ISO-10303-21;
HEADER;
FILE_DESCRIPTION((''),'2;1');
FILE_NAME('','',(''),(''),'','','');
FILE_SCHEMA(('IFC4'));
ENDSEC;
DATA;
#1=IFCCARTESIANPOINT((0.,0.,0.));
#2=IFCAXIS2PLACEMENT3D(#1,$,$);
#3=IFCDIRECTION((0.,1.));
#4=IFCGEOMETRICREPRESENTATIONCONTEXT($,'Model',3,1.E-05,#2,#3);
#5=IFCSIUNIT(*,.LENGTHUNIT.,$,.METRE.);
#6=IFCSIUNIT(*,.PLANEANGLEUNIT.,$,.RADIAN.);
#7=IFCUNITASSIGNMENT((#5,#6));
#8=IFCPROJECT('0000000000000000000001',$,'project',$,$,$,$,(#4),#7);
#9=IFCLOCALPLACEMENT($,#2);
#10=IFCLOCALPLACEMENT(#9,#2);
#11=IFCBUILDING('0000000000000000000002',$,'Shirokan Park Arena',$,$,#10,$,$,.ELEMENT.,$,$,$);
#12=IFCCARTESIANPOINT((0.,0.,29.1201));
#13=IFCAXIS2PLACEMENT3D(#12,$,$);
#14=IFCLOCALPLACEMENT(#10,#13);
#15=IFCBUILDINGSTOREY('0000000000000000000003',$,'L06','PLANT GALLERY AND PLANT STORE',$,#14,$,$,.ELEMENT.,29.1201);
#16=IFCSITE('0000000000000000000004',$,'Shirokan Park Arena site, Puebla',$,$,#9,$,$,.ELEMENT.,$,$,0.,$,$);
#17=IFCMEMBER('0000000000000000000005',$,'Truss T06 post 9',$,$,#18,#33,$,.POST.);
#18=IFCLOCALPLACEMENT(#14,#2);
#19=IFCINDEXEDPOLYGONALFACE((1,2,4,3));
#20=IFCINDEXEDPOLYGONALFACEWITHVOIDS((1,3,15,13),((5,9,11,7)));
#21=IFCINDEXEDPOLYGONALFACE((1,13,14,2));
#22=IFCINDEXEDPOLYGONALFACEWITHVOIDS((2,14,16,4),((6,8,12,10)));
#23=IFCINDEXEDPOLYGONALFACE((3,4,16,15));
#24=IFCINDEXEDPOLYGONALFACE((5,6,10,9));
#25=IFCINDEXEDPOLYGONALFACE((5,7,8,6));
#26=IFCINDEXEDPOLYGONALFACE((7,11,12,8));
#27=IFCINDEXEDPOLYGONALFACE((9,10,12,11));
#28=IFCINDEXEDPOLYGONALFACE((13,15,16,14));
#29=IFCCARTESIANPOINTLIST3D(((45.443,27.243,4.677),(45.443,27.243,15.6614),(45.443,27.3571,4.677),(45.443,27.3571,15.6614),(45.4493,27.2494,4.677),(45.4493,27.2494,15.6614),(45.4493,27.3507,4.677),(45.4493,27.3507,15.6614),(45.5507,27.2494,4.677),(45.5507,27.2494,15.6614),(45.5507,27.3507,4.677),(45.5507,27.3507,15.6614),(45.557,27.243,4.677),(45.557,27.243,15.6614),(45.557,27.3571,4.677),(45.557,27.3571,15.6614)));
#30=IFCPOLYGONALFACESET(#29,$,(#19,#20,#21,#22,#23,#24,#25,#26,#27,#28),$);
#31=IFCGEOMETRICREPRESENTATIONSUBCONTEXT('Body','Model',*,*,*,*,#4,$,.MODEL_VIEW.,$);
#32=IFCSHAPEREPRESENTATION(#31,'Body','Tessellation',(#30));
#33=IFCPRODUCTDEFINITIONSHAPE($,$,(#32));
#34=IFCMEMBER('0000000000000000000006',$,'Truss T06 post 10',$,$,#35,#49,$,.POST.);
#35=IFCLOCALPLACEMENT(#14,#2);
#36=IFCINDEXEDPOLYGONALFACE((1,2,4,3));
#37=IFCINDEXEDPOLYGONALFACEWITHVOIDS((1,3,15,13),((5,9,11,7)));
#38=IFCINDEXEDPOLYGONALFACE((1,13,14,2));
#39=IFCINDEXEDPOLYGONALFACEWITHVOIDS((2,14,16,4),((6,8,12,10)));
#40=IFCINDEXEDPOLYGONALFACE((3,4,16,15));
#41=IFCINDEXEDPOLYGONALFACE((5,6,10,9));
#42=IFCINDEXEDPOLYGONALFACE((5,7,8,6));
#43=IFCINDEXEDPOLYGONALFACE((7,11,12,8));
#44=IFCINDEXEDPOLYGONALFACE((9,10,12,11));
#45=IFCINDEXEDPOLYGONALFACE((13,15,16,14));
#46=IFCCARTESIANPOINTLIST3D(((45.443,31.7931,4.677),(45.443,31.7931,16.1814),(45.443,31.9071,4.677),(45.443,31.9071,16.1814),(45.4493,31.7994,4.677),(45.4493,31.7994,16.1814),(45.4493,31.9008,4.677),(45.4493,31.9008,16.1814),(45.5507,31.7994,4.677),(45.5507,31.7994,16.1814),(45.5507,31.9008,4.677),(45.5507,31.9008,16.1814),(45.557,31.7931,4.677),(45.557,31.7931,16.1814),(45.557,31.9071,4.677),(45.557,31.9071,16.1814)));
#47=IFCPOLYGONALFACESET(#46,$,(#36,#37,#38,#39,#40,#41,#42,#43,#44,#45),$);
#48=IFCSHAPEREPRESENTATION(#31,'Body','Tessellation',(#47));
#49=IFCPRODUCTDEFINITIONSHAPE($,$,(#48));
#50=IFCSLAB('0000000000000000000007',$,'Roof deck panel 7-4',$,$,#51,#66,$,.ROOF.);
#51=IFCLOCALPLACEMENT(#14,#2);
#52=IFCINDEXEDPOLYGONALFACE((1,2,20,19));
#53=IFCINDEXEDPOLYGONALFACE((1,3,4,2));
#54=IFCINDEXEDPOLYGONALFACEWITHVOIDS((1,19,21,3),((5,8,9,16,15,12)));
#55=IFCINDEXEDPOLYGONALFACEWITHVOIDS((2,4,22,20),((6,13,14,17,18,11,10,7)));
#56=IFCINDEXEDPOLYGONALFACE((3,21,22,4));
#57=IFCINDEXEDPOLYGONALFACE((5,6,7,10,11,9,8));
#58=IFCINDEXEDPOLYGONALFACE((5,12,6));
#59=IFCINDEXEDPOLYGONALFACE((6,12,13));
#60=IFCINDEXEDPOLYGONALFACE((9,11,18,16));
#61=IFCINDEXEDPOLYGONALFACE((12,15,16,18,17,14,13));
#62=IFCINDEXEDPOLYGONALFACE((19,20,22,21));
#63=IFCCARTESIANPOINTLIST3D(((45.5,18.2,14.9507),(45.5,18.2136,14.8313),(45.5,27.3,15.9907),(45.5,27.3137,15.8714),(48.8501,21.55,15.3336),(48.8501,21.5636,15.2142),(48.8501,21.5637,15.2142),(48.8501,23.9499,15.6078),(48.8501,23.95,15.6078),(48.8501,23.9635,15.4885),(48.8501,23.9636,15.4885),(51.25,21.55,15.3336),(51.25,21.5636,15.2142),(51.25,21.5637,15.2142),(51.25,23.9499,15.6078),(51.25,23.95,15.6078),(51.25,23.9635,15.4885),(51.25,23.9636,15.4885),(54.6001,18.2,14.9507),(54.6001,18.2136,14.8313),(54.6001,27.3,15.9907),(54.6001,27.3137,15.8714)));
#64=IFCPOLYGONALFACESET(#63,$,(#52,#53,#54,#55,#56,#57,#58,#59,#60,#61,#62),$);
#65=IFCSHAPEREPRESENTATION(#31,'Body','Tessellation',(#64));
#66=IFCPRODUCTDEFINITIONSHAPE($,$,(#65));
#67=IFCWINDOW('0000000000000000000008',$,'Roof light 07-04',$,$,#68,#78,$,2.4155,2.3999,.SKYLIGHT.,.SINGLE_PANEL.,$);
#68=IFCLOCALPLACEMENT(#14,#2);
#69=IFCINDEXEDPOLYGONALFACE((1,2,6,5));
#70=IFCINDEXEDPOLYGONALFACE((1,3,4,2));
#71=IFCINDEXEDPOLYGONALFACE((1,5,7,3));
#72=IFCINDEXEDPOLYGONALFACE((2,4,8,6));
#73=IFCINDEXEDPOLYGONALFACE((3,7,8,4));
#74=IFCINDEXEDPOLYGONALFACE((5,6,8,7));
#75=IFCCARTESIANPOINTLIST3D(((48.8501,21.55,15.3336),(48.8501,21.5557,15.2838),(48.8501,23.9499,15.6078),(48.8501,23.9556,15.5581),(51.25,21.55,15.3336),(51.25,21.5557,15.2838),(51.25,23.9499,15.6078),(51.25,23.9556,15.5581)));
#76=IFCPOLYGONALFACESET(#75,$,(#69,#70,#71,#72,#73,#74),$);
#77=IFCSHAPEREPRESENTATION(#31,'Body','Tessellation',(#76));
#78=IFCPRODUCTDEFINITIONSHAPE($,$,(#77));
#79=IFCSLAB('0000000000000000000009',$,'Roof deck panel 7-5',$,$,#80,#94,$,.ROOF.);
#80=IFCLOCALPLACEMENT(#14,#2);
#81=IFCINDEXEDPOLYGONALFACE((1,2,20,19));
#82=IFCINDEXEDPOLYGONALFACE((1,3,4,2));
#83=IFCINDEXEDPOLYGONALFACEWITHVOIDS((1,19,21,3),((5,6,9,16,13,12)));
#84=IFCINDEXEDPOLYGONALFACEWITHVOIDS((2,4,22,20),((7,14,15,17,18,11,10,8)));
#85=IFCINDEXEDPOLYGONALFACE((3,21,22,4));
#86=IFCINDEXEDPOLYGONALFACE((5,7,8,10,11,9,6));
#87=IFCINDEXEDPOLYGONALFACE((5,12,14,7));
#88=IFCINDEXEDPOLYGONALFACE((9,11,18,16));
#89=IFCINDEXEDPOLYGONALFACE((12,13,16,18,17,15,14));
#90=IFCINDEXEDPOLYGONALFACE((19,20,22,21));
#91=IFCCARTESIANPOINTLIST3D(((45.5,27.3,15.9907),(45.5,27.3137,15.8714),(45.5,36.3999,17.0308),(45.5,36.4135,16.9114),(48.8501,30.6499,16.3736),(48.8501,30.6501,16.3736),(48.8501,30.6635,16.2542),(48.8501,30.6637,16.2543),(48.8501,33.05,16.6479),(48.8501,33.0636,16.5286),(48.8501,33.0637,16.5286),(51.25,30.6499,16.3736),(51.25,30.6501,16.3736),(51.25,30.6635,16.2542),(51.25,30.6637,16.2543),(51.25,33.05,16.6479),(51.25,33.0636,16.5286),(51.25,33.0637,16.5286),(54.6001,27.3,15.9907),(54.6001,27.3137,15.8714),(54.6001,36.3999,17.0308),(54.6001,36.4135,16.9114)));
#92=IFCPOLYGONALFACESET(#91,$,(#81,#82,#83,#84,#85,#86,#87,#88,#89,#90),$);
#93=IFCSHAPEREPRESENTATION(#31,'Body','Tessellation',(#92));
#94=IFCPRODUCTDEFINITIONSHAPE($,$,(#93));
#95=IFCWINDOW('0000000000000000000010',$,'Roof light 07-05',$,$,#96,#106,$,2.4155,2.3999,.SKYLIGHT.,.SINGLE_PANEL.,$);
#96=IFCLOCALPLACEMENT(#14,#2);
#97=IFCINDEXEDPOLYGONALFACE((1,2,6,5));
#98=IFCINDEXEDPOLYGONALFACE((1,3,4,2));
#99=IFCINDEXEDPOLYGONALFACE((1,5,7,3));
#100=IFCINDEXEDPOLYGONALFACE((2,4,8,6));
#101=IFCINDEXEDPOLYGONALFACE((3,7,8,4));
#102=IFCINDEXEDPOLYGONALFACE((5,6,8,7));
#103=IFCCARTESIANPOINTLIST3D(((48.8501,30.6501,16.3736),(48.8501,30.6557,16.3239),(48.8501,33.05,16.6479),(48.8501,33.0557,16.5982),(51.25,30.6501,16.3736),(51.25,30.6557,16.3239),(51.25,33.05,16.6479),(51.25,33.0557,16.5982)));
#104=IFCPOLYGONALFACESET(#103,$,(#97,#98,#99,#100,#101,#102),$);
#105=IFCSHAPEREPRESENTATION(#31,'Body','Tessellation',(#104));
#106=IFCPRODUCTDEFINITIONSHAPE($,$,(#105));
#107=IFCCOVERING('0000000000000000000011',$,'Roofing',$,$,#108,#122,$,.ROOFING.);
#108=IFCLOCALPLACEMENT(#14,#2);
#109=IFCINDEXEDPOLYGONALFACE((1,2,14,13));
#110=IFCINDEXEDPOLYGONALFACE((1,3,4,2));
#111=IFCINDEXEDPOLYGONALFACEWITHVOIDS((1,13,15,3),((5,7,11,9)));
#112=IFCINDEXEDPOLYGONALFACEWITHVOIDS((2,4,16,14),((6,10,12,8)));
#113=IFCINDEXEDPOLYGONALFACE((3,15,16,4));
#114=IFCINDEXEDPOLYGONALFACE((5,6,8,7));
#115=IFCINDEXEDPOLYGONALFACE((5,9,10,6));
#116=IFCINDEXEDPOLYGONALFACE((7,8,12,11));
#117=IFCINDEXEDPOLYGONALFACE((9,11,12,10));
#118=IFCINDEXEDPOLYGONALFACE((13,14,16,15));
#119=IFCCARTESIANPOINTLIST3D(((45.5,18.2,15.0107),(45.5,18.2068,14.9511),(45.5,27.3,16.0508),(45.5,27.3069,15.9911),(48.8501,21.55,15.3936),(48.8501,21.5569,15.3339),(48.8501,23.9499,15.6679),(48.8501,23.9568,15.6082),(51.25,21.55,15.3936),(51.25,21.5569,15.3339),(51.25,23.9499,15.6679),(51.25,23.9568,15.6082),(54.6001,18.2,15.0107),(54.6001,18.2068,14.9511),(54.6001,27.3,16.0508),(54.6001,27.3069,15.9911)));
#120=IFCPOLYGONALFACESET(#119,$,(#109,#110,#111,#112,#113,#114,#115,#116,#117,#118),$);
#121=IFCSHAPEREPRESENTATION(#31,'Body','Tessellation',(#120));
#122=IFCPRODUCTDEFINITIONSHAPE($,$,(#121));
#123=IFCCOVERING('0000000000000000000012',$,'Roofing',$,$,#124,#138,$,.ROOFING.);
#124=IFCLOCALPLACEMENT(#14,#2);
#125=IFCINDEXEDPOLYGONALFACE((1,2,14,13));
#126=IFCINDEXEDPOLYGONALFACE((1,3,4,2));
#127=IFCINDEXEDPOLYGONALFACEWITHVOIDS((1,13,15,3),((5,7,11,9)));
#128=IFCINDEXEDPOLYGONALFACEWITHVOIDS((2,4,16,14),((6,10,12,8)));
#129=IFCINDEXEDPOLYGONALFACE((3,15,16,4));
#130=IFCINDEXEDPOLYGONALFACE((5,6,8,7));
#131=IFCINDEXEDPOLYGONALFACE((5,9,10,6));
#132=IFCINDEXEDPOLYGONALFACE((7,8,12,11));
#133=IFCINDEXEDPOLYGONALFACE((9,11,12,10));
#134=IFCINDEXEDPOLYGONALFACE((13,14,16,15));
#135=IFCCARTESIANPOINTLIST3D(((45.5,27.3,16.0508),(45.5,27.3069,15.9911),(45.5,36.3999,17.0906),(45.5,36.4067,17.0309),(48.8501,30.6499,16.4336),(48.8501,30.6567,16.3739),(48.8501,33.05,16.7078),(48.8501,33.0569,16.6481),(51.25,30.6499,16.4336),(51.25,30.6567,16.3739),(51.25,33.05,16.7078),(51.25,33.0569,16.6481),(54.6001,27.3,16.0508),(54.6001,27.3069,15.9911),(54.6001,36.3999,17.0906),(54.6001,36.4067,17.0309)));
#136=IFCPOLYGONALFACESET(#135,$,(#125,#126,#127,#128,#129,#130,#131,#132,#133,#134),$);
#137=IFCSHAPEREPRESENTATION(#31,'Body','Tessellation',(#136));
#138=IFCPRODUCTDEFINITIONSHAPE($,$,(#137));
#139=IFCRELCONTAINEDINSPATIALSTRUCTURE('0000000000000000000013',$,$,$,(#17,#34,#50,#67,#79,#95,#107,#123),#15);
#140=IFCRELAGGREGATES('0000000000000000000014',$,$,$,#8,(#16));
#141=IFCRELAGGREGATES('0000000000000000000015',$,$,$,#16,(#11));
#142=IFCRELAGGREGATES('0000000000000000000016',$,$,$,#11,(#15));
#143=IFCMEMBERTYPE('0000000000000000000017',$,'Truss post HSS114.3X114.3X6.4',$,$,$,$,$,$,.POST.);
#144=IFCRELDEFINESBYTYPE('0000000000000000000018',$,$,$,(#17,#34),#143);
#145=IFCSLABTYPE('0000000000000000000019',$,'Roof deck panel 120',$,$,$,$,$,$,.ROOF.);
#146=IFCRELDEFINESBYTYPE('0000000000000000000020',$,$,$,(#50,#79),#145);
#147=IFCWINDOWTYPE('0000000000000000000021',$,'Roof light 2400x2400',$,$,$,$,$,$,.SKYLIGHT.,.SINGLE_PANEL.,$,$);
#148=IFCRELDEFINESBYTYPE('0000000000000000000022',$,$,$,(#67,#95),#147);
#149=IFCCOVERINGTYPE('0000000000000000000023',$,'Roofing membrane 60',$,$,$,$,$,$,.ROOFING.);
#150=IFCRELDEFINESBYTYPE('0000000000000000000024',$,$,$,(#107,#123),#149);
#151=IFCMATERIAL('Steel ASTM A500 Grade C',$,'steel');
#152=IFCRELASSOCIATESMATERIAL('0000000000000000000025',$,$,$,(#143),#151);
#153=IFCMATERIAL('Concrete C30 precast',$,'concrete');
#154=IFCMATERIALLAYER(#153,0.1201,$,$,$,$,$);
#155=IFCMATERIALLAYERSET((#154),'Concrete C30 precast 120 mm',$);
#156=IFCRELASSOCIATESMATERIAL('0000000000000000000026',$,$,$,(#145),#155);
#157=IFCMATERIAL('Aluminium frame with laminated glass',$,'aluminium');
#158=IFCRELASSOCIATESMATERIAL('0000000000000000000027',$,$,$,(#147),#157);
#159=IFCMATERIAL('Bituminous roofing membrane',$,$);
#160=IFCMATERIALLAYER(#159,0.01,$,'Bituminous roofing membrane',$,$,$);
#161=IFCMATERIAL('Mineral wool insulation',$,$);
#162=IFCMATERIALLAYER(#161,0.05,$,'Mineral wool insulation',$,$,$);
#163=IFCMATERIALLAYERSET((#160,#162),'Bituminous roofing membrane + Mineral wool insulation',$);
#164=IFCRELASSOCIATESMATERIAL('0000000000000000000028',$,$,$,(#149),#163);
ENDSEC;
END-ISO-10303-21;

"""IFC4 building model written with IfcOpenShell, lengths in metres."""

from ifc_helpers import new_model, si_unit, direction, frame, origin, origin_2d, place, context, subcontext, project, spatial, polyline, rectangle, hollow_rectangle, outline, extrude, material, layer, layer_set, material_profile, profile_set, type_object, element, fill, save


model = new_model("IFC4")

# Units and contexts
model_context = context("Model", 3, precision=1e-05, world=origin(), true_north=direction((0.0, 1.0)))
body_context = subcontext(model_context, "Body", "Model", "MODEL_VIEW")
ifc_project = project(units=[si_unit("LENGTHUNIT", "METRE"), si_unit("PLANEANGLEUNIT", "RADIAN")], contexts=[model_context])

# Site, building, storey
site_placement = place(None, origin())
site = spatial("IfcSite", under=ifc_project, at=site_placement, Name="Shirokan Park Arena site, Puebla", CompositionType="ELEMENT", RefElevation=0.0)
building_placement = place(site_placement, origin())
building = spatial("IfcBuilding", under=site, at=building_placement, Name="Shirokan Park Arena", CompositionType="ELEMENT")
storey_placement = place(building_placement, frame((0.0, 0.0, 29.1201)))
storey = spatial("IfcBuildingStorey", under=building, at=storey_placement, Name="L06", Description="PLANT GALLERY AND PLANT STORE", CompositionType="ELEMENT", Elevation=29.1201)

# Members
ifc_material_1 = material(Name="Steel ASTM A500 Grade C", Category="steel")
ifc_material_profile_1 = material_profile(ifc_material_1, hollow_rectangle(XDim=0.114, YDim=0.114, WallThickness=0.0063, at=origin_2d()), Name="HSS114.3X114.3X6.4")
ifc_profile_set_1 = profile_set([ifc_material_profile_1], Name="Steel ASTM A500 Grade C")
member_type_1 = type_object("IfcMemberType", Name="Truss post HSS114.3X114.3X6.4", PredefinedType="POST", material=ifc_profile_set_1)
member_1_placement = place(storey_placement, frame((45.5, 27.3, 4.677), z_axis=(0.0, 0.0, 1.0), x_axis=(1.0, 0.0, 0.0)))
element("IfcMember", 1, at=member_1_placement, inside=storey, type_object=member_type_1, Name="Truss T06 post 9", PredefinedType="POST", context=body_context, shape_type="SweptSolid", body=[
    extrude(hollow_rectangle(XDim=0.114, YDim=0.114, WallThickness=0.0063, at=origin_2d()), origin(), (0.0, 0.0, 1.0), 10.9844),
])
member_2_placement = place(storey_placement, frame((45.5, 31.8501, 4.677), z_axis=(0.0, 0.0, 1.0), x_axis=(1.0, 0.0, 0.0)))
element("IfcMember", 2, at=member_2_placement, inside=storey, type_object=member_type_1, Name="Truss T06 post 10", PredefinedType="POST", context=body_context, shape_type="SweptSolid", body=[
    extrude(hollow_rectangle(XDim=0.114, YDim=0.114, WallThickness=0.0063, at=origin_2d()), origin(), (0.0, 0.0, 1.0), 11.5044),
])

# Slabs, openings, windows
ifc_material_2 = material(Name="Concrete C30 precast", Category="concrete")
ifc_layer_1 = layer(ifc_material_2, 0.1201)
ifc_layer_set_1 = layer_set([ifc_layer_1], Name="Concrete C30 precast 120 mm")
slab_type = type_object("IfcSlabType", Name="Roof deck panel 120", PredefinedType="ROOF", material=ifc_layer_set_1)
slab_1_placement = place(storey_placement, frame((45.5, 18.2, 14.9507), z_axis=(0.0, -0.11355, 0.993532), x_axis=(1.0, 0.0, 0.0)))
slab_1 = element("IfcSlab", 3, at=slab_1_placement, inside=storey, type_object=slab_type, Name="Roof deck panel 7-4", PredefinedType="ROOF", context=body_context, shape_type="SweptSolid", body=[
    extrude(outline(polyline([(0.0, 0.0), (9.1001, 0.0), (9.1001, 9.1593), (0.0, 9.1593), (0.0, 0.0)]), holes=[polyline([(3.3501, 3.3719), (5.75, 3.3719), (5.75, 5.7874), (3.3501, 5.7874), (3.3501, 3.3719)])]), origin(), (0.0, 0.0, -1.0), 0.1201),
])
opening_1_placement = place(slab_1_placement, frame((4.55, 4.5796, 0.01)))
opening_1 = element("IfcOpeningElement", 4, at=opening_1_placement, cuts=slab_1, PredefinedType="OPENING", context=body_context, shape_type="SweptSolid", body=[
    extrude(rectangle(XDim=2.3999, YDim=2.4155, at=origin_2d()), origin(), (0.0, 0.0, -1.0), 0.1399),
])
ifc_material_3 = material(Name="Aluminium frame with laminated glass", Category="aluminium")
window_type = type_object("IfcWindowType", Name="Roof light 2400x2400", PartitioningType="SINGLE_PANEL", PredefinedType="SKYLIGHT", material=ifc_material_3)
window_1_placement = place(opening_1_placement, frame((0.0, 0.0, -0.0601)))
window_1 = element("IfcWindow", 5, at=window_1_placement, inside=storey, type_object=window_type, Name="Roof light 07-04", OverallHeight=2.4155, OverallWidth=2.3999, PartitioningType="SINGLE_PANEL", PredefinedType="SKYLIGHT", context=body_context, shape_type="SweptSolid", body=[
    extrude(rectangle(XDim=2.3999, YDim=2.4155, at=origin_2d()), origin(), (0.0, 0.0, 1.0), 0.05),
])
fill(opening_1, window_1)
slab_2_placement = place(storey_placement, frame((45.5, 27.3, 15.9907), z_axis=(0.0, -0.113553, 0.993532), x_axis=(1.0, 0.0, 0.0)))
slab_2 = element("IfcSlab", 6, at=slab_2_placement, inside=storey, type_object=slab_type, Name="Roof deck panel 7-5", PredefinedType="ROOF", context=body_context, shape_type="SweptSolid", body=[
    extrude(outline(polyline([(0.0, 0.0), (9.1001, 0.0), (9.1001, 9.1591), (0.0, 9.1591), (0.0, 0.0)]), holes=[polyline([(3.3501, 3.3717), (5.75, 3.3717), (5.75, 5.7874), (3.3501, 5.7874), (3.3501, 3.3717)])]), origin(), (0.0, 0.0, -1.0), 0.1201),
])
opening_2_placement = place(slab_2_placement, frame((4.55, 4.5796, 0.01)))
opening_2 = element("IfcOpeningElement", 7, at=opening_2_placement, cuts=slab_2, PredefinedType="OPENING", context=body_context, shape_type="SweptSolid", body=[
    extrude(rectangle(XDim=2.3999, YDim=2.4155, at=origin_2d()), origin(), (0.0, 0.0, -1.0), 0.1399),
])
window_2_placement = place(opening_2_placement, frame((0.0, 0.0, -0.0601)))
window_2 = element("IfcWindow", 8, at=window_2_placement, inside=storey, type_object=window_type, Name="Roof light 07-05", OverallHeight=2.4155, OverallWidth=2.3999, PartitioningType="SINGLE_PANEL", PredefinedType="SKYLIGHT", context=body_context, shape_type="SweptSolid", body=[
    extrude(rectangle(XDim=2.3999, YDim=2.4155, at=origin_2d()), origin(), (0.0, 0.0, 1.0), 0.05),
])
fill(opening_2, window_2)

# Coverings
ifc_material_4 = material(Name="Bituminous roofing membrane")
ifc_layer_2 = layer(ifc_material_4, 0.01, Name="Bituminous roofing membrane")
ifc_material_5 = material(Name="Mineral wool insulation")
ifc_layer_3 = layer(ifc_material_5, 0.05, Name="Mineral wool insulation")
ifc_layer_set_2 = layer_set([ifc_layer_2, ifc_layer_3], Name="Bituminous roofing membrane + Mineral wool insulation")
covering_type = type_object("IfcCoveringType", Name="Roofing membrane 60", PredefinedType="ROOFING", material=ifc_layer_set_2)
covering_1_placement = place(storey_placement, frame((45.5, 18.2, 15.0107), z_axis=(0.0, -0.11355, 0.993532), x_axis=(1.0, 0.0, 0.0)))
element("IfcCovering", 9, at=covering_1_placement, inside=storey, type_object=covering_type, Name="Roofing", PredefinedType="ROOFING", context=body_context, shape_type="SweptSolid", body=[
    extrude(outline(polyline([(0.0, 0.0), (9.1001, 0.0), (9.1001, 9.1593), (0.0, 9.1593), (0.0, 0.0)]), holes=[polyline([(5.75, 3.3719), (5.75, 5.7874), (3.3501, 5.7874), (3.3501, 3.3719), (5.75, 3.3719)])]), origin(), (0.0, 0.0, -1.0), 0.0601),
])
covering_2_placement = place(storey_placement, frame((45.5, 27.3, 16.0508), z_axis=(0.0, -0.113526, 0.993535), x_axis=(1.0, 0.0, 0.0)))
element("IfcCovering", 10, at=covering_2_placement, inside=storey, type_object=covering_type, Name="Roofing", PredefinedType="ROOFING", context=body_context, shape_type="SweptSolid", body=[
    extrude(outline(polyline([(0.0, 0.0), (9.1001, 0.0), (9.1001, 9.1591), (0.0, 9.1591), (0.0, 0.0)]), holes=[polyline([(5.75, 3.3717), (5.75, 5.7874), (3.3501, 5.7874), (3.3501, 3.3717), (5.75, 3.3717)])]), origin(), (0.0, 0.0, -1.0), 0.0601),
])

save(model, "model.ifc")
